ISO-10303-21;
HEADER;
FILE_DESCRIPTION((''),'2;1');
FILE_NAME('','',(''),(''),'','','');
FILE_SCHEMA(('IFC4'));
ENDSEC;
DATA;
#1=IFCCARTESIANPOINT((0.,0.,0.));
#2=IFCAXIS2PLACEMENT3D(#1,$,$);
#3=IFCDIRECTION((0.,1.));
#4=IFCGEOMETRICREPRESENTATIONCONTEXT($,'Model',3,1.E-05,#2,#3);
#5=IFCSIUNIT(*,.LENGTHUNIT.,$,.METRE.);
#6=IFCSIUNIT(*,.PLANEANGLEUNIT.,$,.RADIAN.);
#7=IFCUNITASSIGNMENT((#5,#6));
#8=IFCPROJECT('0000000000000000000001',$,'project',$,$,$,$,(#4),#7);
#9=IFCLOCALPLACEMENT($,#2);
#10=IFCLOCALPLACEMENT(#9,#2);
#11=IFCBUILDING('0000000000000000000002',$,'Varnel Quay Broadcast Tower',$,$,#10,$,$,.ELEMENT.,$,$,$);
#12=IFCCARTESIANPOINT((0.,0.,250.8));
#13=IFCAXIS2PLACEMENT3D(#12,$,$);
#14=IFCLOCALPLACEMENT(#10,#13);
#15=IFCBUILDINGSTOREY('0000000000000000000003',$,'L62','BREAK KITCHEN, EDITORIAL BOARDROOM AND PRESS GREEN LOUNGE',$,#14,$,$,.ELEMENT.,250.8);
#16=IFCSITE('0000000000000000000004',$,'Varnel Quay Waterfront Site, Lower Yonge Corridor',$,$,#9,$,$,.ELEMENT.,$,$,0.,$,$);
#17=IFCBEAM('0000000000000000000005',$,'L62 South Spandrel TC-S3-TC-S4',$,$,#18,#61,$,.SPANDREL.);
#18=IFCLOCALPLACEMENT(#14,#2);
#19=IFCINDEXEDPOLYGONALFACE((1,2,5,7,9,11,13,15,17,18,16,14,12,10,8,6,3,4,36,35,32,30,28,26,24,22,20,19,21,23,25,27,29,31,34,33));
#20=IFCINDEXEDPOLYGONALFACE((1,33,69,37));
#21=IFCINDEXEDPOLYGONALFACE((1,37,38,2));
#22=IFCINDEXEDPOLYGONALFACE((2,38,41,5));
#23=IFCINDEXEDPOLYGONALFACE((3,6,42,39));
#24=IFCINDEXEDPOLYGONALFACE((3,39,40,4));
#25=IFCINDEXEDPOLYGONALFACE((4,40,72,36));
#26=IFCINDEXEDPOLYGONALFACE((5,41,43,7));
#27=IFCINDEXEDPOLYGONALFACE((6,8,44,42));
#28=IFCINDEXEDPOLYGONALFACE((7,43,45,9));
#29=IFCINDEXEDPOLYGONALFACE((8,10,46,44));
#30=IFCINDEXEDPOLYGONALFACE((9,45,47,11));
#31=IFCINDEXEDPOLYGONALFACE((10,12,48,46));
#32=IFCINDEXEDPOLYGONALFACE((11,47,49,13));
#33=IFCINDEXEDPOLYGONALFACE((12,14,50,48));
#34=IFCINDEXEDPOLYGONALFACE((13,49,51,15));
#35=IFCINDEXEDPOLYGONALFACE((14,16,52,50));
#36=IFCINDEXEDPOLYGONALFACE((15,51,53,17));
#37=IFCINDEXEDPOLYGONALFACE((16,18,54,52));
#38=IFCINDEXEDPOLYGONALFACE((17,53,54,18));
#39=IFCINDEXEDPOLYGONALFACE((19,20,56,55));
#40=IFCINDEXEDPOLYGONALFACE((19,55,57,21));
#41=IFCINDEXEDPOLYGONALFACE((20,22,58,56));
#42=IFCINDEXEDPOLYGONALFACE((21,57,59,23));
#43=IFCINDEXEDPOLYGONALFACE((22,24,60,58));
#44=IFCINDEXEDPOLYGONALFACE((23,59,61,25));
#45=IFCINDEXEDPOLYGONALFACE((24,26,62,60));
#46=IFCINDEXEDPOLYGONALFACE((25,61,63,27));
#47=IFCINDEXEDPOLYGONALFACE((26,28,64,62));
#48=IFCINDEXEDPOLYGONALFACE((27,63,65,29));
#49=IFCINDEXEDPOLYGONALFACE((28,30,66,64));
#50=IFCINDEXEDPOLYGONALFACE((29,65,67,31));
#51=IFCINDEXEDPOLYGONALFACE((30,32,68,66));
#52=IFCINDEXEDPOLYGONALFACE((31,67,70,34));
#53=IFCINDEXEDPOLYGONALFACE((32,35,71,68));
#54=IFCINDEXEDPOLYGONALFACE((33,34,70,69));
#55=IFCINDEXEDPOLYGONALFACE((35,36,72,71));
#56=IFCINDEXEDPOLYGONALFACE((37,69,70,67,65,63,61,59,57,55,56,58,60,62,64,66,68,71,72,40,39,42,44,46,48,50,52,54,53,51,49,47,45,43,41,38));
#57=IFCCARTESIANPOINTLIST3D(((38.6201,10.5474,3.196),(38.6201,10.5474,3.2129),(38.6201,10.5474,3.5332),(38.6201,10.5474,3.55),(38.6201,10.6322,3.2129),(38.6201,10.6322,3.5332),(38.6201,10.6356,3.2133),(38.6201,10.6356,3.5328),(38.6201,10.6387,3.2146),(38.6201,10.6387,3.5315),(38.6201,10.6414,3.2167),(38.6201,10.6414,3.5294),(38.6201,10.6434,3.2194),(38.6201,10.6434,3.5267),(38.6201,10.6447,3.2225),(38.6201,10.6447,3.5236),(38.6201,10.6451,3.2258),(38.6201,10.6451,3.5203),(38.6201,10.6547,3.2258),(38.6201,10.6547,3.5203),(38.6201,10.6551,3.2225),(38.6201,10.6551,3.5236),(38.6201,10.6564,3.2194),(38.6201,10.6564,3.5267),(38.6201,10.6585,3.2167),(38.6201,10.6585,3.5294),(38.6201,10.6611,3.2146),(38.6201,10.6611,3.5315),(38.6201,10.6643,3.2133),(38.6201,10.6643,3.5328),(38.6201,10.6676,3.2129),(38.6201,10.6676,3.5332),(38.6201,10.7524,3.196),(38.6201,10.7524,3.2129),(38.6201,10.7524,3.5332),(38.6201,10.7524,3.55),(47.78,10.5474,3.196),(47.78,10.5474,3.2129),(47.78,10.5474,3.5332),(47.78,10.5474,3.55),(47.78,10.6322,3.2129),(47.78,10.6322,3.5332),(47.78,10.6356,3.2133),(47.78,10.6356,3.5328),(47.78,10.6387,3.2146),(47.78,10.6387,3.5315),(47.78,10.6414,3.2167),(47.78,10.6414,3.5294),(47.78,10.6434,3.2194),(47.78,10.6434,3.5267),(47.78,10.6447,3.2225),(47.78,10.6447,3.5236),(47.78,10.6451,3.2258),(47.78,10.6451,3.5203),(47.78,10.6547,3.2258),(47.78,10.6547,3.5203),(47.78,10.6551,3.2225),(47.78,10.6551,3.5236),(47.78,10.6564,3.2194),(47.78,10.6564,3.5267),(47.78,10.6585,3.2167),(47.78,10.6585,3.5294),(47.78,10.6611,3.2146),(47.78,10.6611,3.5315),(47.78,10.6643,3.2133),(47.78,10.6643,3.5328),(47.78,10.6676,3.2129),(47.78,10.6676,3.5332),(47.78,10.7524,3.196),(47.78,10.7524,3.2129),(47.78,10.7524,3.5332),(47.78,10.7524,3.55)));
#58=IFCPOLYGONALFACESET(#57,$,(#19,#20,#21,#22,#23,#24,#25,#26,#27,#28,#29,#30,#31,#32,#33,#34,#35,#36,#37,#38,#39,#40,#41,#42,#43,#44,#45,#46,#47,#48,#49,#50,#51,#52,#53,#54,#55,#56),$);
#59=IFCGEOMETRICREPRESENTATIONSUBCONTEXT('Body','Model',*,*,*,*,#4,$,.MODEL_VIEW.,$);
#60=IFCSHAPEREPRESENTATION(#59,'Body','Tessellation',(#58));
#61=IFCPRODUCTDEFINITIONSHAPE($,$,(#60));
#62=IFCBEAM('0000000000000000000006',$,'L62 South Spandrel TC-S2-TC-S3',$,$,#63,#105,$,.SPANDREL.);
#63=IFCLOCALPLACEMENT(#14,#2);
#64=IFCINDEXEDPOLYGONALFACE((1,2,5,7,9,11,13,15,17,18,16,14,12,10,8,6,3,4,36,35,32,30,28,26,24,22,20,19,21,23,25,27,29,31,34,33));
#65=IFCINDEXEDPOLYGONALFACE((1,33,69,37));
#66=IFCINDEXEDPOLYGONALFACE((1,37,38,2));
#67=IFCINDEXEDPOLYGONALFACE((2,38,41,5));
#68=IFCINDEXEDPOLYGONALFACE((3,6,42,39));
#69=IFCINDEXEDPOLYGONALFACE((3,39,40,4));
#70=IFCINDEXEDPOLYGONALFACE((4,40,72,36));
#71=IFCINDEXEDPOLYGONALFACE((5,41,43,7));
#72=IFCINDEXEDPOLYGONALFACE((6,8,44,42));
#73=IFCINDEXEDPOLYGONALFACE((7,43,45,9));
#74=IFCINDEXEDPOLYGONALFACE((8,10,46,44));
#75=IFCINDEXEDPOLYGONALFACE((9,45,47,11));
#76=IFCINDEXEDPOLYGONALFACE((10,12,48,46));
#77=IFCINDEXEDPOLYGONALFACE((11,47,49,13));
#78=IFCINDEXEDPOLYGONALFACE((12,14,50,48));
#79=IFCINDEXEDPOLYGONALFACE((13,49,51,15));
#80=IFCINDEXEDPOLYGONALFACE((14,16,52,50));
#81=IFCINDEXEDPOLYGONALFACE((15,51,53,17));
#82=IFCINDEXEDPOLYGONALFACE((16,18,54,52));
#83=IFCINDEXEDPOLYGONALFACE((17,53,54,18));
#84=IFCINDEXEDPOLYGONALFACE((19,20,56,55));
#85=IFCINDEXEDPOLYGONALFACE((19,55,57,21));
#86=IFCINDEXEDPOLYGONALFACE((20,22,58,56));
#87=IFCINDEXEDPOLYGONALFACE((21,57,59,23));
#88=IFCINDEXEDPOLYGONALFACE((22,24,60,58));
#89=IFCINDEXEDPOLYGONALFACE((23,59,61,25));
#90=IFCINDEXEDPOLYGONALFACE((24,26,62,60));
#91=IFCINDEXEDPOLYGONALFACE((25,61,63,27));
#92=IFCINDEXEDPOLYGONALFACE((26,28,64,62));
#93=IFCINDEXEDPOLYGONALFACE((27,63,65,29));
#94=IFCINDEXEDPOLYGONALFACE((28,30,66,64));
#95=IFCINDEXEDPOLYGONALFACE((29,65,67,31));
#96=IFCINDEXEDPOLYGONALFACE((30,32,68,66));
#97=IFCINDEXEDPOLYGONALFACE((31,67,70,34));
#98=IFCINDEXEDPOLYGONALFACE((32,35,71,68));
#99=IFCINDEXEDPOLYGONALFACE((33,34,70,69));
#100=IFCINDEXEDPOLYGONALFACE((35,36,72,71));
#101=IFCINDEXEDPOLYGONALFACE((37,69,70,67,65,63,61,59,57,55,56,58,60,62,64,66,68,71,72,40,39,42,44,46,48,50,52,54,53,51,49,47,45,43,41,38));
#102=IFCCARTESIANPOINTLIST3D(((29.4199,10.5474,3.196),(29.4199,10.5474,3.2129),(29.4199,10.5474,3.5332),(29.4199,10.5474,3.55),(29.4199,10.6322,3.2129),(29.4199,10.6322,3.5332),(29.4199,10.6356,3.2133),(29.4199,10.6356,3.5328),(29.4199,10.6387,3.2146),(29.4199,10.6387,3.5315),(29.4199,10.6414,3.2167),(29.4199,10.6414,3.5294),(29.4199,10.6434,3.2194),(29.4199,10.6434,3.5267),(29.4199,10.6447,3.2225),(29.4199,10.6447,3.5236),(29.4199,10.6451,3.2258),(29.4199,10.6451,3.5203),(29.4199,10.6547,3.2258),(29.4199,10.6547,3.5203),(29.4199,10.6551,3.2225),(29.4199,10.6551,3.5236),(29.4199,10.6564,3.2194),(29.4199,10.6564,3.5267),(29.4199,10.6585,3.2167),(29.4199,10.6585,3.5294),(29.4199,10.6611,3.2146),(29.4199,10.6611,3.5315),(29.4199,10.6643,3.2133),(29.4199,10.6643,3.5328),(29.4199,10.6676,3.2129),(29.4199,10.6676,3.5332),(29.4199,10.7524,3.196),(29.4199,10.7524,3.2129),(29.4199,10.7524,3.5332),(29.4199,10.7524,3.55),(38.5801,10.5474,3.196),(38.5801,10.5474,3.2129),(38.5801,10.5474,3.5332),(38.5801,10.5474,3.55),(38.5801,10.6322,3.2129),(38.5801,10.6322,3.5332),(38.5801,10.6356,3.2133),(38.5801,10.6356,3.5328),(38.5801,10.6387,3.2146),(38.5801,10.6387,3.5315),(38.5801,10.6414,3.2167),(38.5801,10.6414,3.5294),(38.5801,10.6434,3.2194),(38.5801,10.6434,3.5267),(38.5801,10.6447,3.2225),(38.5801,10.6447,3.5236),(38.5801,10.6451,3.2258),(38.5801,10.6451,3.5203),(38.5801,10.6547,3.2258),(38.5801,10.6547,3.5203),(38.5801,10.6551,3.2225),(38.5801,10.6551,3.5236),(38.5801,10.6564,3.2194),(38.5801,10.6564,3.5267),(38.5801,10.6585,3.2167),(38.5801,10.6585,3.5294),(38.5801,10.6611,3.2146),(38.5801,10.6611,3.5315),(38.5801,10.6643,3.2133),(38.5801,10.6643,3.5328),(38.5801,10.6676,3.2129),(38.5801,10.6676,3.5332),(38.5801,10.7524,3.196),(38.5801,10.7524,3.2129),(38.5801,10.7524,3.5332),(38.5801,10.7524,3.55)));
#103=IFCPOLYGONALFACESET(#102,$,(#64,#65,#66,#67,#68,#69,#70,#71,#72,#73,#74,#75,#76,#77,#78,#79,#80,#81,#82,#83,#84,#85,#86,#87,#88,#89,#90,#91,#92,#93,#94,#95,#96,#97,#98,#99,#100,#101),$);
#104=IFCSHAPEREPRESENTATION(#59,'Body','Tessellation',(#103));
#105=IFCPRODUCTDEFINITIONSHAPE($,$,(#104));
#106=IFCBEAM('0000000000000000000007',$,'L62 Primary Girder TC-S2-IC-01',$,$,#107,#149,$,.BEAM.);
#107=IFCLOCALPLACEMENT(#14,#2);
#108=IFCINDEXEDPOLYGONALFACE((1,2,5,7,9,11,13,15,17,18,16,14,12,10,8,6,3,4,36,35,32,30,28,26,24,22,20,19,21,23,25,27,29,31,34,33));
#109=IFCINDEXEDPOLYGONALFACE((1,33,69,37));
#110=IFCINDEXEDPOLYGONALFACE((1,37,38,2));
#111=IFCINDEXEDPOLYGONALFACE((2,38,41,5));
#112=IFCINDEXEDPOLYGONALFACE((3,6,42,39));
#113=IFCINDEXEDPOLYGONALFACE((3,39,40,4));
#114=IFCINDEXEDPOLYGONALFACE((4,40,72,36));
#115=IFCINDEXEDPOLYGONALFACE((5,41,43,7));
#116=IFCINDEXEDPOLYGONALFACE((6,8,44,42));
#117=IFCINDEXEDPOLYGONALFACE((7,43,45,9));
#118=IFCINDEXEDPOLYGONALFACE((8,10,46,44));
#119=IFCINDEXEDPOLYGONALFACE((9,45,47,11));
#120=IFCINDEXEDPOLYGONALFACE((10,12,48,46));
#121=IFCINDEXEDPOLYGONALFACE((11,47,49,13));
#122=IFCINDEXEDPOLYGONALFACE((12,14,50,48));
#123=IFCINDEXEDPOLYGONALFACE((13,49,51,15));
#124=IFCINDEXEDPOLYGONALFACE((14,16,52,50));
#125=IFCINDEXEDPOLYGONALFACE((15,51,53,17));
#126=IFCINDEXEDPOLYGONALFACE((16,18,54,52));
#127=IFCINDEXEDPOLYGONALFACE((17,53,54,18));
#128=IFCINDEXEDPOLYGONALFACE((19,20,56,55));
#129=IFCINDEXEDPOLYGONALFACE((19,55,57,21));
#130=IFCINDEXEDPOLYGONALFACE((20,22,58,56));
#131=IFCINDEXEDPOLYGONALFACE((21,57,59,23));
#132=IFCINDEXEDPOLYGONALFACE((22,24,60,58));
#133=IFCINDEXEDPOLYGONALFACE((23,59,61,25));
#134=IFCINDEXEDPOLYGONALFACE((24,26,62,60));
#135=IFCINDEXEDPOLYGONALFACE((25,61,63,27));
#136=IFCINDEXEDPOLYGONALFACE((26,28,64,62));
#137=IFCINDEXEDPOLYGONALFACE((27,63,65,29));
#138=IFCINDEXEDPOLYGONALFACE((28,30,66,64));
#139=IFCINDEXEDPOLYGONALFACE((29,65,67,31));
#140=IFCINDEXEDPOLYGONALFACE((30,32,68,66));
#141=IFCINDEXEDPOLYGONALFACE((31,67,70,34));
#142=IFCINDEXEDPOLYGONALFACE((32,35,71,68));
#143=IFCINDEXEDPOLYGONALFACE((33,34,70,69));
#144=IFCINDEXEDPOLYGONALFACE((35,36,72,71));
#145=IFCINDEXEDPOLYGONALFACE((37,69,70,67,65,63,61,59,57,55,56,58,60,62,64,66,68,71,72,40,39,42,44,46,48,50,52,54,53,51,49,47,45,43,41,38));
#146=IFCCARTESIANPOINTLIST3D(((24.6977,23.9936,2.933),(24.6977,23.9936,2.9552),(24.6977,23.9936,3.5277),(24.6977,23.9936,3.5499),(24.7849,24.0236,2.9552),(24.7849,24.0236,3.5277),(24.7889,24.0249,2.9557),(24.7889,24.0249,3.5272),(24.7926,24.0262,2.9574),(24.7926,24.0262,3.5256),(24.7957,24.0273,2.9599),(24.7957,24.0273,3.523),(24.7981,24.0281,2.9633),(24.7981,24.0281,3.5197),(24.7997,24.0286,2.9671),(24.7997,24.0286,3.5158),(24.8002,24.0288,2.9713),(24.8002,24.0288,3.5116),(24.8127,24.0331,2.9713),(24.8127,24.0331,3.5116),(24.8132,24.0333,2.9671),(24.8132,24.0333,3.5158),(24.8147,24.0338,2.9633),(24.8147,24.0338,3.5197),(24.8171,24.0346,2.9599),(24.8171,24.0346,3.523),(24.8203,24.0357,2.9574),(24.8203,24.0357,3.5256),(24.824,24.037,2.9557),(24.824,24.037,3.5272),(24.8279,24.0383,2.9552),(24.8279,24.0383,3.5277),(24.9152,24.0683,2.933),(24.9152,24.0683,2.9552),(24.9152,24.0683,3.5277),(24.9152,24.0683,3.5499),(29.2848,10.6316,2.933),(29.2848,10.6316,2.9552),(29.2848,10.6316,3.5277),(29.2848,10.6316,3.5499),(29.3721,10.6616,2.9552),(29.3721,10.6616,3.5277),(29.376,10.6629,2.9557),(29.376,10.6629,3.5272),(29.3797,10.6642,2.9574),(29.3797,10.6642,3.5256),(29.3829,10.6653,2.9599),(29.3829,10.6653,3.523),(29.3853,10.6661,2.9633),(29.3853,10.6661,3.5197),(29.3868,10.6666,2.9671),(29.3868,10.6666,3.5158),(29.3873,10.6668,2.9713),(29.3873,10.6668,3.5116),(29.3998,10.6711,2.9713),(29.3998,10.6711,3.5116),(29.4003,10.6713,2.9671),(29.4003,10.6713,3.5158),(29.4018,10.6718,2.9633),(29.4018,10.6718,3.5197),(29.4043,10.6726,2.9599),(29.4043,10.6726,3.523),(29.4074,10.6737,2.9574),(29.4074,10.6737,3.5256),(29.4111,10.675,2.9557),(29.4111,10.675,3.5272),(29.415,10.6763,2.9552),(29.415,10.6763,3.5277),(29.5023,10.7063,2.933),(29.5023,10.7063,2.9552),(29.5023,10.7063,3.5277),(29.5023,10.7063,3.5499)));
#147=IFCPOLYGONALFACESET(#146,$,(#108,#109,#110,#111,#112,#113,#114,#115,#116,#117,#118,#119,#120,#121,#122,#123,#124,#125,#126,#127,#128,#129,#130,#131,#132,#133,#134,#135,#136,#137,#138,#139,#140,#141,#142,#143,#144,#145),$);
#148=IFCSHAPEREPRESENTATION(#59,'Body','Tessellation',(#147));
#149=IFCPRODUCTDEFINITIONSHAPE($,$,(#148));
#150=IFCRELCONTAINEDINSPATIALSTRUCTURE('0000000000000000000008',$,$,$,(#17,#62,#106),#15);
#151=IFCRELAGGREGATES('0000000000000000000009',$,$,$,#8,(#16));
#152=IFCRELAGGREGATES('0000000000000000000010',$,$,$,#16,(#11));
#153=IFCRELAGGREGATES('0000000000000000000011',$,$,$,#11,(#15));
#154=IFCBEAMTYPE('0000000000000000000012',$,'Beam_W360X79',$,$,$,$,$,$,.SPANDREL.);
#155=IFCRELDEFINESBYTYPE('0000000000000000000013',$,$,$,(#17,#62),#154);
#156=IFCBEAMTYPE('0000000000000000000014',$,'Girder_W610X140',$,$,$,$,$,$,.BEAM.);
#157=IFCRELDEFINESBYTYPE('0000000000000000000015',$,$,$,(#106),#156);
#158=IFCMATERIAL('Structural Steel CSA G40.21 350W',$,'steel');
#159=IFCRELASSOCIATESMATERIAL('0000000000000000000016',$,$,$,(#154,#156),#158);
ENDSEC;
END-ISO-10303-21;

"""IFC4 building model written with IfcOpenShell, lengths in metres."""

from ifc_helpers import new_model, si_unit, direction, frame, origin, origin_2d, place, context, subcontext, project, spatial, i_section, extrude, source, transform, mapped, material, material_profile, profile_set, type_object, type_shapes, element, save


model = new_model("IFC4")

# Units and contexts
model_context = context("Model", 3, precision=1e-05, world=origin(), true_north=direction((0.0, 1.0)))
body_context = subcontext(model_context, "Body", "Model", "MODEL_VIEW")
ifc_project = project(units=[si_unit("LENGTHUNIT", "METRE"), si_unit("PLANEANGLEUNIT", "RADIAN")], contexts=[model_context])

# Site, building, storey
site_placement = place(None, origin())
site = spatial("IfcSite", under=ifc_project, at=site_placement, Name="Varnel Quay Waterfront Site, Lower Yonge Corridor", CompositionType="ELEMENT", RefElevation=0.0)
building_placement = place(site_placement, origin())
building = spatial("IfcBuilding", under=site, at=building_placement, Name="Varnel Quay Broadcast Tower", CompositionType="ELEMENT")
storey_placement = place(building_placement, frame((0.0, 0.0, 250.8)))
storey = spatial("IfcBuildingStorey", under=building, at=storey_placement, Name="L62", Description="BREAK KITCHEN, EDITORIAL BOARDROOM AND PRESS GREEN LOUNGE", CompositionType="ELEMENT", Elevation=250.8)

# Shared definitions
ifc_material_1 = material(Name="Structural Steel CSA G40.21 350W", Category="steel")

# Beams
ifc_material_profile_1 = material_profile(ifc_material_1, i_section(OverallWidth=0.2051, OverallDepth=0.354, WebThickness=0.0095, FlangeThickness=0.0168, FilletRadius=0.0129, at=origin_2d()), Name="W360X79")
ifc_profile_set_1 = profile_set([ifc_material_profile_1], Name="Structural Steel CSA G40.21 350W")
beam_type_1 = type_object("IfcBeamType", Name="Beam_W360X79", PredefinedType="SPANDREL", material=ifc_profile_set_1)
shared_shape_1 = source(origin(), body_context, "Body", "SweptSolid", [
    extrude(i_section(OverallWidth=0.2051, OverallDepth=0.354, WebThickness=0.0095, FlangeThickness=0.0168, FilletRadius=0.0129, at=origin_2d()), origin(), (0.0, 0.0, 1.0), 9.1599),
])
beam_1_placement = place(storey_placement, frame((38.6201, 10.6499, 3.373), z_axis=(1.0, 0.0, 0.0), x_axis=(0.0, 1.0, 0.0)))
element("IfcBeam", 1, at=beam_1_placement, inside=storey, type_object=beam_type_1, Name="L62 South Spandrel TC-S3-TC-S4", PredefinedType="SPANDREL", context=body_context, shape_type="MappedRepresentation", body=[
    mapped(shared_shape_1, transform((0.0, 0.0, 0.0), x_axis=(1.0, 0.0, 0.0), y_axis=(0.0, 1.0, 0.0), z_axis=(0.0, 0.0, 1.0), scale=1.0)),
])
shared_shape_2 = source(origin(), body_context, "Body", "SweptSolid", [
    extrude(i_section(OverallWidth=0.2051, OverallDepth=0.354, WebThickness=0.0095, FlangeThickness=0.0168, FilletRadius=0.0129, at=origin_2d()), origin(), (0.0, 0.0, 1.0), 9.1602),
])
type_shapes(beam_type_1, [shared_shape_1, shared_shape_2])
beam_2_placement = place(storey_placement, frame((29.4199, 10.6499, 3.373), z_axis=(1.0, 0.0, 0.0), x_axis=(0.0, 1.0, 0.0)))
element("IfcBeam", 2, at=beam_2_placement, inside=storey, type_object=beam_type_1, Name="L62 South Spandrel TC-S2-TC-S3", PredefinedType="SPANDREL", context=body_context, shape_type="MappedRepresentation", body=[
    mapped(shared_shape_2, transform((0.0, 0.0, 0.0), x_axis=(1.0, 0.0, 0.0), y_axis=(0.0, 1.0, 0.0), z_axis=(0.0, 0.0, 1.0), scale=1.0)),
])
ifc_material_profile_2 = material_profile(ifc_material_1, i_section(OverallWidth=0.23, OverallDepth=0.6169, WebThickness=0.0132, FlangeThickness=0.0222, FilletRadius=0.0161, at=origin_2d()), Name="W610X140")
ifc_profile_set_2 = profile_set([ifc_material_profile_2], Name="Structural Steel CSA G40.21 350W")
beam_type_2 = type_object("IfcBeamType", Name="Girder_W610X140", PredefinedType="BEAM", material=ifc_profile_set_2)
shared_shape_3 = source(origin(), body_context, "Body", "SweptSolid", [
    extrude(i_section(OverallWidth=0.23, OverallDepth=0.6169, WebThickness=0.0132, FlangeThickness=0.0222, FilletRadius=0.0161, at=origin_2d()), origin(), (0.0, 0.0, 1.0), 14.1274),
])
beam_3_placement = place(storey_placement, frame((29.3936, 10.6689, 3.2415), z_axis=(-0.324697, 0.945818, 0.0), x_axis=(-0.945818, -0.324697, 0.0)))
element("IfcBeam", 3, at=beam_3_placement, inside=storey, type_object=beam_type_2, Name="L62 Primary Girder TC-S2-IC-01", PredefinedType="BEAM", context=body_context, shape_type="MappedRepresentation", body=[
    mapped(shared_shape_3, transform((0.0, 0.0, 0.0), x_axis=(1.0, 0.0, 0.0), y_axis=(0.0, 1.0, 0.0), z_axis=(0.0, 0.0, 1.0), scale=1.0)),
])

save(model, "model.ifc")
